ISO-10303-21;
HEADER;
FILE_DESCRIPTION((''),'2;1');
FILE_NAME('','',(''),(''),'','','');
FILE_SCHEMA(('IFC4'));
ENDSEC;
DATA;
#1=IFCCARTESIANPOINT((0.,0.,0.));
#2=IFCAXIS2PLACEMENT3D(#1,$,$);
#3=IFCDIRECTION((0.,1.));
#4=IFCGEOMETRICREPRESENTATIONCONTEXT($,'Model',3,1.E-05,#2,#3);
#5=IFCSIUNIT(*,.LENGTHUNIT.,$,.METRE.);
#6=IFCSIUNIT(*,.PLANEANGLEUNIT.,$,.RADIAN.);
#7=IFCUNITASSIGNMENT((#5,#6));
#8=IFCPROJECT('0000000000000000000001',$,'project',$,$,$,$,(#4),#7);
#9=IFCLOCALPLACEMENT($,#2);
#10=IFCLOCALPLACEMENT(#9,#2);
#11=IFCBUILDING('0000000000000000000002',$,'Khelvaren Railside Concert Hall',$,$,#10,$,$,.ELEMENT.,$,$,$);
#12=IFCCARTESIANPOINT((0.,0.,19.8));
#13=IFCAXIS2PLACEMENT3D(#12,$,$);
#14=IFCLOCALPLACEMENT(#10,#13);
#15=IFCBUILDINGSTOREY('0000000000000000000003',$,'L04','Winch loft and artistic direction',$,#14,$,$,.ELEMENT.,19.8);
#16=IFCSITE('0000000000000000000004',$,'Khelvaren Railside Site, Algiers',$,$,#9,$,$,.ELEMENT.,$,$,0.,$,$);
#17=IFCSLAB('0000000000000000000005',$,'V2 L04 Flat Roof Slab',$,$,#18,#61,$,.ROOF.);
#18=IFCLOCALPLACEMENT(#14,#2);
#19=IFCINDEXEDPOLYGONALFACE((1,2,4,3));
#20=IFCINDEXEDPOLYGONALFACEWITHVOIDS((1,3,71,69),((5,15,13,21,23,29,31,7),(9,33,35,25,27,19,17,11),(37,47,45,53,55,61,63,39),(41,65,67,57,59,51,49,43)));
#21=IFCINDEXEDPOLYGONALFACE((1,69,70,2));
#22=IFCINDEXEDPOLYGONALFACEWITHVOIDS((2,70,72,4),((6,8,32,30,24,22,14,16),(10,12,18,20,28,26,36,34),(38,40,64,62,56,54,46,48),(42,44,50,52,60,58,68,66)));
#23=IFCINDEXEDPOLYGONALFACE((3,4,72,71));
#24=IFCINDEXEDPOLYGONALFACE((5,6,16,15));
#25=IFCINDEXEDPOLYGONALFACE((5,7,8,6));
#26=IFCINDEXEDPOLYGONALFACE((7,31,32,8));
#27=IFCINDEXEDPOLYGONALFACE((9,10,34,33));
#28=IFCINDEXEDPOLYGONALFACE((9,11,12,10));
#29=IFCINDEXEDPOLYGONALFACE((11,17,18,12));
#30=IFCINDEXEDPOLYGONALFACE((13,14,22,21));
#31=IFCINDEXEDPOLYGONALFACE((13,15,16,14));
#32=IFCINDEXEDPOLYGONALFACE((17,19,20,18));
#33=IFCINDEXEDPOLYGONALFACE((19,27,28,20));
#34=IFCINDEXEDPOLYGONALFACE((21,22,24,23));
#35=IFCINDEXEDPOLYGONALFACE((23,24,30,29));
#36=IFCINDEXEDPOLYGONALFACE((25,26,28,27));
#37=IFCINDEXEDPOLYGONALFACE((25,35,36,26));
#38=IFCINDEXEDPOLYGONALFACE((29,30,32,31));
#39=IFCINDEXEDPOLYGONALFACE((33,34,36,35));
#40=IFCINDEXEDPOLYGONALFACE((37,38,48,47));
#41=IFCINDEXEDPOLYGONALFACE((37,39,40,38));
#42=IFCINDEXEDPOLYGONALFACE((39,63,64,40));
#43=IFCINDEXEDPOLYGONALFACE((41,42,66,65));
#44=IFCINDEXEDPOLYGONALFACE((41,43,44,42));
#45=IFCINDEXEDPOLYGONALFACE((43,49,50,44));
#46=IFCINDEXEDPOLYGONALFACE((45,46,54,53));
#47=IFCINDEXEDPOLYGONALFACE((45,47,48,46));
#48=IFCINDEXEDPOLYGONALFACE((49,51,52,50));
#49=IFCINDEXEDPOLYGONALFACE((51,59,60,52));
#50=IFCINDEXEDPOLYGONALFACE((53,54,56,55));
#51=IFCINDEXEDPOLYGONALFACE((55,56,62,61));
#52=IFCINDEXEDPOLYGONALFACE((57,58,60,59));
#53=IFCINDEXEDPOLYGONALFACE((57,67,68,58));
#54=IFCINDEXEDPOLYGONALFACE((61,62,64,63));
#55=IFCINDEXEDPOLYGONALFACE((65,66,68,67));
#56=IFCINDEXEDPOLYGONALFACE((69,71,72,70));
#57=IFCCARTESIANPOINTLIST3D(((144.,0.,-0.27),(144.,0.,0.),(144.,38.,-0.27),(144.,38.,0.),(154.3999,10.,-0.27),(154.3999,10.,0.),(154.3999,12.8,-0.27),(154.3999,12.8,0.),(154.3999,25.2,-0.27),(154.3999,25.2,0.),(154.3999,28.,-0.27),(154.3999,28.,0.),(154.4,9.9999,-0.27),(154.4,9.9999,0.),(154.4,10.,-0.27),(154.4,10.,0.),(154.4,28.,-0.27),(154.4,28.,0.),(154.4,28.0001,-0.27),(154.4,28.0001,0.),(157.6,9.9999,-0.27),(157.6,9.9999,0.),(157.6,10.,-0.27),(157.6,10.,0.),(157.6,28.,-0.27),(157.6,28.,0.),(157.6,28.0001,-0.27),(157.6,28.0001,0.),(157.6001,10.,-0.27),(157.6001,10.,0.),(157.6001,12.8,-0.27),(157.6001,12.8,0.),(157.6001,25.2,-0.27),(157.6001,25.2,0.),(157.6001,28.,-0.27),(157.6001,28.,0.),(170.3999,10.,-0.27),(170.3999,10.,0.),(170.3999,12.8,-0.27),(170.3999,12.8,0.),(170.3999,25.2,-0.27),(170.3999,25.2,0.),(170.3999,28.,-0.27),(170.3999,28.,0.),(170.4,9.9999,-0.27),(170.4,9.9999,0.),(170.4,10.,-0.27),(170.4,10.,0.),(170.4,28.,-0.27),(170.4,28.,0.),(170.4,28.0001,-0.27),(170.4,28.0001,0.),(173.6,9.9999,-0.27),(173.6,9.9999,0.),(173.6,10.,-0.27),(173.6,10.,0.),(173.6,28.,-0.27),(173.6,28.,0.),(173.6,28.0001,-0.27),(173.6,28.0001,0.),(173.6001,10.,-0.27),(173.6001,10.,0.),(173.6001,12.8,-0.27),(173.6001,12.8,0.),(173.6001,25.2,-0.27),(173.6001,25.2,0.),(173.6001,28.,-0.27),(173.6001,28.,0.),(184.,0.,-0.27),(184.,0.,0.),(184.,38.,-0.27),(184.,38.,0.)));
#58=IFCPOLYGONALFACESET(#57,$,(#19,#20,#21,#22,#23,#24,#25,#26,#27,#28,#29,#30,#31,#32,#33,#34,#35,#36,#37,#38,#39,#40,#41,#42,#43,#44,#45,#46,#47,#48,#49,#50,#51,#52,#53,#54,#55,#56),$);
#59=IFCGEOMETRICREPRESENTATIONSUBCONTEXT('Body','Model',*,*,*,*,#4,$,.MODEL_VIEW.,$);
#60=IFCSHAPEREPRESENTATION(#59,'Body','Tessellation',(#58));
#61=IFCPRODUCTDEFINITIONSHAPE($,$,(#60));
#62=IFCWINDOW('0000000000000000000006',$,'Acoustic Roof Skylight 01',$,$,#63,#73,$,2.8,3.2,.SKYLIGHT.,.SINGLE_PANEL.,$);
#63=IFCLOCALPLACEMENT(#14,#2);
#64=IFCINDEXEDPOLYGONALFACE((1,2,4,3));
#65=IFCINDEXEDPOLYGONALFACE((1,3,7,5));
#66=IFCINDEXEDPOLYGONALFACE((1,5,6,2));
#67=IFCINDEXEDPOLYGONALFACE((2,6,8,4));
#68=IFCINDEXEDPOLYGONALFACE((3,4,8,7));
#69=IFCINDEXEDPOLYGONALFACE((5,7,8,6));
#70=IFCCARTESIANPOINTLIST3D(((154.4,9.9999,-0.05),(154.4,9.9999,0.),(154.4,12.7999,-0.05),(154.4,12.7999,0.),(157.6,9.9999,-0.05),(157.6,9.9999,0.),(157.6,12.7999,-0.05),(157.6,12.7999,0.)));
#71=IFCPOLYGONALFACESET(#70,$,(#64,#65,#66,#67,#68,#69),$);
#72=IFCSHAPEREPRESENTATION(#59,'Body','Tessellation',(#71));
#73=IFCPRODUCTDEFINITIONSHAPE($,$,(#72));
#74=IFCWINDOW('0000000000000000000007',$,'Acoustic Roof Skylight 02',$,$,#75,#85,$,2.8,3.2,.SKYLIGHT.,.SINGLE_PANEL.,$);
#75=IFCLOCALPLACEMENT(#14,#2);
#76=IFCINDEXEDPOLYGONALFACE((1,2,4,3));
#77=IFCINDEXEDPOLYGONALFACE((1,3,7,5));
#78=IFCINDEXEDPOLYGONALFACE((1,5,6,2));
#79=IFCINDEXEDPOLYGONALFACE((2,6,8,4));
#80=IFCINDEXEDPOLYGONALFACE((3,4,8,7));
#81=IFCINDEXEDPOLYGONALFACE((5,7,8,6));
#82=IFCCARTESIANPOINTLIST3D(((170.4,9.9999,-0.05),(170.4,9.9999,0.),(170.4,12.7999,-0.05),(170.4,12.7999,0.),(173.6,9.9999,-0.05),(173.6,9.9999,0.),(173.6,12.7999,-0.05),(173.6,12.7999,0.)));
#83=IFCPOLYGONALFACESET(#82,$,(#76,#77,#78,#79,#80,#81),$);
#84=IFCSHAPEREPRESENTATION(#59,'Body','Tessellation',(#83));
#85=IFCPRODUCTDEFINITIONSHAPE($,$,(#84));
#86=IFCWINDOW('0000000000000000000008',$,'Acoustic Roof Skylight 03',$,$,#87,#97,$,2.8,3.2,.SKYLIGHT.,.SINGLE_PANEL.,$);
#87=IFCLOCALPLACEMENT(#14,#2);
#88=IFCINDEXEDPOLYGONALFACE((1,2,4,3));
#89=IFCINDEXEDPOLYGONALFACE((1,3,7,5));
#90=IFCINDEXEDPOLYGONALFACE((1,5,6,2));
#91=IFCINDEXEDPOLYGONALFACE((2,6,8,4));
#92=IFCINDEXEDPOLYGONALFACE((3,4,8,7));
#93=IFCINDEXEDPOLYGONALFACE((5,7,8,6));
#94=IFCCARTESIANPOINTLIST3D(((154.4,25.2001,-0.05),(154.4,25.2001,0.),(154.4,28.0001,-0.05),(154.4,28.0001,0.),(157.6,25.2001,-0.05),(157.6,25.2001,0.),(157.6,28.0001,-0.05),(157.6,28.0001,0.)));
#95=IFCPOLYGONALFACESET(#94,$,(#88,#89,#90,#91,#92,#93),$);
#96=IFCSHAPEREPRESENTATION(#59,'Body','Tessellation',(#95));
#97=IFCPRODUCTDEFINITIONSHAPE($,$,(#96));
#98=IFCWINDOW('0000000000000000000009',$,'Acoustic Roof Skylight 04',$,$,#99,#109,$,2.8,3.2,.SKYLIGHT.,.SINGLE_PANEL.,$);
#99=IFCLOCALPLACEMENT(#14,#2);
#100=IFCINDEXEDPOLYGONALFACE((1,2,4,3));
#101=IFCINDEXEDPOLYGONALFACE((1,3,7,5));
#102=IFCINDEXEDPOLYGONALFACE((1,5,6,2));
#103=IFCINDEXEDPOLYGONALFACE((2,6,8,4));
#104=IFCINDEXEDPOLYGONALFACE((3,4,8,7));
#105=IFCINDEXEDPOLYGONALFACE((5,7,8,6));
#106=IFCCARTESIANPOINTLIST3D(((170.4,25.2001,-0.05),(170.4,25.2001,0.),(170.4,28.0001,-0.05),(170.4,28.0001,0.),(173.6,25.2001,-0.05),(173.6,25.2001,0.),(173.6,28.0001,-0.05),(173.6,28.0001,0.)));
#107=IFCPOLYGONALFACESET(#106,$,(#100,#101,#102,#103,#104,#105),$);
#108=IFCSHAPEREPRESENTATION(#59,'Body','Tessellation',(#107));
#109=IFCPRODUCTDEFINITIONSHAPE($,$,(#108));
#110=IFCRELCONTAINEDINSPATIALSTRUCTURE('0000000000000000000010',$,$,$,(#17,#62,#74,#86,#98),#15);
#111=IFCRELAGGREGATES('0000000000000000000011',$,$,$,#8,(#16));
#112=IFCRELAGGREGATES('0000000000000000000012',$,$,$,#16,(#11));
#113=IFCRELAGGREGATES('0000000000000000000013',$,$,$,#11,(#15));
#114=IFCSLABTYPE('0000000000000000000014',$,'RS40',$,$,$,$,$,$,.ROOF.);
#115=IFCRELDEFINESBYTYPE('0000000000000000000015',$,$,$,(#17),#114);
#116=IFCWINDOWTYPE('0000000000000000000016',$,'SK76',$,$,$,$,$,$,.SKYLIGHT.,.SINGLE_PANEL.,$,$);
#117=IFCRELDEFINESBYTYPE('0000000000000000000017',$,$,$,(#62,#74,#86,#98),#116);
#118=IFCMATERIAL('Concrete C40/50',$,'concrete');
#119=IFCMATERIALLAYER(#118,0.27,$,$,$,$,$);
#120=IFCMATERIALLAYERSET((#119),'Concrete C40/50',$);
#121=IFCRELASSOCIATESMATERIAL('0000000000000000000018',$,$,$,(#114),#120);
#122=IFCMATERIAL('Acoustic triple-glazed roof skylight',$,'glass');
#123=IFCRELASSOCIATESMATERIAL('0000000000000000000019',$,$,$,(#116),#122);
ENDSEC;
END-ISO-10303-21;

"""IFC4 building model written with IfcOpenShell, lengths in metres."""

from ifc_helpers import new_model, si_unit, direction, frame, origin, origin_2d, place, context, subcontext, project, spatial, polyline, rectangle, outline, extrude, material, layer, layer_set, type_object, element, fill, save


model = new_model("IFC4")

# Units and contexts
model_context = context("Model", 3, precision=1e-05, world=origin(), true_north=direction((0.0, 1.0)))
body_context = subcontext(model_context, "Body", "Model", "MODEL_VIEW")
ifc_project = project(units=[si_unit("LENGTHUNIT", "METRE"), si_unit("PLANEANGLEUNIT", "RADIAN")], contexts=[model_context])

# Site, building, storey
site_placement = place(None, origin())
site = spatial("IfcSite", under=ifc_project, at=site_placement, Name="Khelvaren Railside Site, Algiers", CompositionType="ELEMENT", RefElevation=0.0)
building_placement = place(site_placement, origin())
building = spatial("IfcBuilding", under=site, at=building_placement, Name="Khelvaren Railside Concert Hall", CompositionType="ELEMENT")
storey_placement = place(building_placement, frame((0.0, 0.0, 19.8)))
storey = spatial("IfcBuildingStorey", under=building, at=storey_placement, Name="L04", Description="Winch loft and artistic direction", CompositionType="ELEMENT", Elevation=19.8)

# Shared definitions
ifc_material_1 = material(Name="Concrete C40/50", Category="concrete")

# Slab, openings, windows
ifc_layer_1 = layer(ifc_material_1, 0.27)
ifc_layer_set_1 = layer_set([ifc_layer_1], Name="Concrete C40/50")
slab_type_1 = type_object("IfcSlabType", Name="RS40", PredefinedType="ROOF", material=ifc_layer_set_1)
slab_1_placement = place(storey_placement, frame((0.0, 0.0, -0.27)))
slab_1 = element("IfcSlab", 1, at=slab_1_placement, inside=storey, type_object=slab_type_1, Name="V2 L04 Flat Roof Slab", PredefinedType="ROOF", context=body_context, shape_type="SweptSolid", body=[
    extrude(outline(polyline([(144.0, 0.0), (184.0, 0.0), (184.0, 38.0), (144.0, 38.0), (144.0, 0.0)]), holes=[polyline([(154.3999, 10.0), (157.6001, 10.0), (157.6001, 12.8), (154.3999, 12.8), (154.3999, 10.0)]), polyline([(170.3999, 10.0), (173.6001, 10.0), (173.6001, 12.8), (170.3999, 12.8), (170.3999, 10.0)]), polyline([(154.3999, 25.2), (157.6001, 25.2), (157.6001, 28.0), (154.3999, 28.0), (154.3999, 25.2)]), polyline([(170.3999, 25.2), (173.6001, 25.2), (173.6001, 28.0), (170.3999, 28.0), (170.3999, 25.2)])]), origin(), (0.0, 0.0, 1.0), 0.27),
])
opening_1_placement = place(slab_1_placement, frame((156.0, 11.3999, 0.0)))
opening_1 = element("IfcOpeningElement", 2, at=opening_1_placement, cuts=slab_1, PredefinedType="OPENING", context=body_context, shape_type="SweptSolid", body=[
    extrude(rectangle(XDim=3.2, YDim=2.8, at=origin_2d()), frame((0.0, 0.0, -0.01)), (0.0, 0.0, 1.0), 0.29),
])
opening_2_placement = place(slab_1_placement, frame((172.0, 11.3999, 0.0)))
opening_2 = element("IfcOpeningElement", 3, at=opening_2_placement, cuts=slab_1, PredefinedType="OPENING", context=body_context, shape_type="SweptSolid", body=[
    extrude(rectangle(XDim=3.2, YDim=2.8, at=origin_2d()), frame((0.0, 0.0, -0.01)), (0.0, 0.0, 1.0), 0.29),
])
opening_3_placement = place(slab_1_placement, frame((156.0, 26.6001, 0.0)))
opening_3 = element("IfcOpeningElement", 4, at=opening_3_placement, cuts=slab_1, PredefinedType="OPENING", context=body_context, shape_type="SweptSolid", body=[
    extrude(rectangle(XDim=3.2, YDim=2.8, at=origin_2d()), frame((0.0, 0.0, -0.01)), (0.0, 0.0, 1.0), 0.29),
])
opening_4_placement = place(slab_1_placement, frame((172.0, 26.6001, 0.0)))
opening_4 = element("IfcOpeningElement", 5, at=opening_4_placement, cuts=slab_1, PredefinedType="OPENING", context=body_context, shape_type="SweptSolid", body=[
    extrude(rectangle(XDim=3.2, YDim=2.8, at=origin_2d()), frame((0.0, 0.0, -0.01)), (0.0, 0.0, 1.0), 0.29),
])
ifc_material_2 = material(Name="Acoustic triple-glazed roof skylight", Category="glass")
window_type_1 = type_object("IfcWindowType", Name="SK76", PartitioningType="SINGLE_PANEL", PredefinedType="SKYLIGHT", material=ifc_material_2)
window_1_placement = place(opening_1_placement, frame((0.0, 0.0, 0.22)))
window_1 = element("IfcWindow", 6, at=window_1_placement, inside=storey, type_object=window_type_1, Name="Acoustic Roof Skylight 01", OverallHeight=2.8, OverallWidth=3.2, PartitioningType="SINGLE_PANEL", PredefinedType="SKYLIGHT", context=body_context, shape_type="SweptSolid", body=[
    extrude(rectangle(XDim=3.2, YDim=2.8, at=origin_2d()), origin(), (0.0, 0.0, 1.0), 0.05),
])
fill(opening_1, window_1)
window_2_placement = place(opening_2_placement, frame((0.0, 0.0, 0.22)))
window_2 = element("IfcWindow", 7, at=window_2_placement, inside=storey, type_object=window_type_1, Name="Acoustic Roof Skylight 02", OverallHeight=2.8, OverallWidth=3.2, PartitioningType="SINGLE_PANEL", PredefinedType="SKYLIGHT", context=body_context, shape_type="SweptSolid", body=[
    extrude(rectangle(XDim=3.2, YDim=2.8, at=origin_2d()), origin(), (0.0, 0.0, 1.0), 0.05),
])
fill(opening_2, window_2)
window_3_placement = place(opening_3_placement, frame((0.0, 0.0, 0.22)))
window_3 = element("IfcWindow", 8, at=window_3_placement, inside=storey, type_object=window_type_1, Name="Acoustic Roof Skylight 03", OverallHeight=2.8, OverallWidth=3.2, PartitioningType="SINGLE_PANEL", PredefinedType="SKYLIGHT", context=body_context, shape_type="SweptSolid", body=[
    extrude(rectangle(XDim=3.2, YDim=2.8, at=origin_2d()), origin(), (0.0, 0.0, 1.0), 0.05),
])
fill(opening_3, window_3)
window_4_placement = place(opening_4_placement, frame((0.0, 0.0, 0.22)))
window_4 = element("IfcWindow", 9, at=window_4_placement, inside=storey, type_object=window_type_1, Name="Acoustic Roof Skylight 04", OverallHeight=2.8, OverallWidth=3.2, PartitioningType="SINGLE_PANEL", PredefinedType="SKYLIGHT", context=body_context, shape_type="SweptSolid", body=[
    extrude(rectangle(XDim=3.2, YDim=2.8, at=origin_2d()), origin(), (0.0, 0.0, 1.0), 0.05),
])
fill(opening_4, window_4)

save(model, "model.ifc")
